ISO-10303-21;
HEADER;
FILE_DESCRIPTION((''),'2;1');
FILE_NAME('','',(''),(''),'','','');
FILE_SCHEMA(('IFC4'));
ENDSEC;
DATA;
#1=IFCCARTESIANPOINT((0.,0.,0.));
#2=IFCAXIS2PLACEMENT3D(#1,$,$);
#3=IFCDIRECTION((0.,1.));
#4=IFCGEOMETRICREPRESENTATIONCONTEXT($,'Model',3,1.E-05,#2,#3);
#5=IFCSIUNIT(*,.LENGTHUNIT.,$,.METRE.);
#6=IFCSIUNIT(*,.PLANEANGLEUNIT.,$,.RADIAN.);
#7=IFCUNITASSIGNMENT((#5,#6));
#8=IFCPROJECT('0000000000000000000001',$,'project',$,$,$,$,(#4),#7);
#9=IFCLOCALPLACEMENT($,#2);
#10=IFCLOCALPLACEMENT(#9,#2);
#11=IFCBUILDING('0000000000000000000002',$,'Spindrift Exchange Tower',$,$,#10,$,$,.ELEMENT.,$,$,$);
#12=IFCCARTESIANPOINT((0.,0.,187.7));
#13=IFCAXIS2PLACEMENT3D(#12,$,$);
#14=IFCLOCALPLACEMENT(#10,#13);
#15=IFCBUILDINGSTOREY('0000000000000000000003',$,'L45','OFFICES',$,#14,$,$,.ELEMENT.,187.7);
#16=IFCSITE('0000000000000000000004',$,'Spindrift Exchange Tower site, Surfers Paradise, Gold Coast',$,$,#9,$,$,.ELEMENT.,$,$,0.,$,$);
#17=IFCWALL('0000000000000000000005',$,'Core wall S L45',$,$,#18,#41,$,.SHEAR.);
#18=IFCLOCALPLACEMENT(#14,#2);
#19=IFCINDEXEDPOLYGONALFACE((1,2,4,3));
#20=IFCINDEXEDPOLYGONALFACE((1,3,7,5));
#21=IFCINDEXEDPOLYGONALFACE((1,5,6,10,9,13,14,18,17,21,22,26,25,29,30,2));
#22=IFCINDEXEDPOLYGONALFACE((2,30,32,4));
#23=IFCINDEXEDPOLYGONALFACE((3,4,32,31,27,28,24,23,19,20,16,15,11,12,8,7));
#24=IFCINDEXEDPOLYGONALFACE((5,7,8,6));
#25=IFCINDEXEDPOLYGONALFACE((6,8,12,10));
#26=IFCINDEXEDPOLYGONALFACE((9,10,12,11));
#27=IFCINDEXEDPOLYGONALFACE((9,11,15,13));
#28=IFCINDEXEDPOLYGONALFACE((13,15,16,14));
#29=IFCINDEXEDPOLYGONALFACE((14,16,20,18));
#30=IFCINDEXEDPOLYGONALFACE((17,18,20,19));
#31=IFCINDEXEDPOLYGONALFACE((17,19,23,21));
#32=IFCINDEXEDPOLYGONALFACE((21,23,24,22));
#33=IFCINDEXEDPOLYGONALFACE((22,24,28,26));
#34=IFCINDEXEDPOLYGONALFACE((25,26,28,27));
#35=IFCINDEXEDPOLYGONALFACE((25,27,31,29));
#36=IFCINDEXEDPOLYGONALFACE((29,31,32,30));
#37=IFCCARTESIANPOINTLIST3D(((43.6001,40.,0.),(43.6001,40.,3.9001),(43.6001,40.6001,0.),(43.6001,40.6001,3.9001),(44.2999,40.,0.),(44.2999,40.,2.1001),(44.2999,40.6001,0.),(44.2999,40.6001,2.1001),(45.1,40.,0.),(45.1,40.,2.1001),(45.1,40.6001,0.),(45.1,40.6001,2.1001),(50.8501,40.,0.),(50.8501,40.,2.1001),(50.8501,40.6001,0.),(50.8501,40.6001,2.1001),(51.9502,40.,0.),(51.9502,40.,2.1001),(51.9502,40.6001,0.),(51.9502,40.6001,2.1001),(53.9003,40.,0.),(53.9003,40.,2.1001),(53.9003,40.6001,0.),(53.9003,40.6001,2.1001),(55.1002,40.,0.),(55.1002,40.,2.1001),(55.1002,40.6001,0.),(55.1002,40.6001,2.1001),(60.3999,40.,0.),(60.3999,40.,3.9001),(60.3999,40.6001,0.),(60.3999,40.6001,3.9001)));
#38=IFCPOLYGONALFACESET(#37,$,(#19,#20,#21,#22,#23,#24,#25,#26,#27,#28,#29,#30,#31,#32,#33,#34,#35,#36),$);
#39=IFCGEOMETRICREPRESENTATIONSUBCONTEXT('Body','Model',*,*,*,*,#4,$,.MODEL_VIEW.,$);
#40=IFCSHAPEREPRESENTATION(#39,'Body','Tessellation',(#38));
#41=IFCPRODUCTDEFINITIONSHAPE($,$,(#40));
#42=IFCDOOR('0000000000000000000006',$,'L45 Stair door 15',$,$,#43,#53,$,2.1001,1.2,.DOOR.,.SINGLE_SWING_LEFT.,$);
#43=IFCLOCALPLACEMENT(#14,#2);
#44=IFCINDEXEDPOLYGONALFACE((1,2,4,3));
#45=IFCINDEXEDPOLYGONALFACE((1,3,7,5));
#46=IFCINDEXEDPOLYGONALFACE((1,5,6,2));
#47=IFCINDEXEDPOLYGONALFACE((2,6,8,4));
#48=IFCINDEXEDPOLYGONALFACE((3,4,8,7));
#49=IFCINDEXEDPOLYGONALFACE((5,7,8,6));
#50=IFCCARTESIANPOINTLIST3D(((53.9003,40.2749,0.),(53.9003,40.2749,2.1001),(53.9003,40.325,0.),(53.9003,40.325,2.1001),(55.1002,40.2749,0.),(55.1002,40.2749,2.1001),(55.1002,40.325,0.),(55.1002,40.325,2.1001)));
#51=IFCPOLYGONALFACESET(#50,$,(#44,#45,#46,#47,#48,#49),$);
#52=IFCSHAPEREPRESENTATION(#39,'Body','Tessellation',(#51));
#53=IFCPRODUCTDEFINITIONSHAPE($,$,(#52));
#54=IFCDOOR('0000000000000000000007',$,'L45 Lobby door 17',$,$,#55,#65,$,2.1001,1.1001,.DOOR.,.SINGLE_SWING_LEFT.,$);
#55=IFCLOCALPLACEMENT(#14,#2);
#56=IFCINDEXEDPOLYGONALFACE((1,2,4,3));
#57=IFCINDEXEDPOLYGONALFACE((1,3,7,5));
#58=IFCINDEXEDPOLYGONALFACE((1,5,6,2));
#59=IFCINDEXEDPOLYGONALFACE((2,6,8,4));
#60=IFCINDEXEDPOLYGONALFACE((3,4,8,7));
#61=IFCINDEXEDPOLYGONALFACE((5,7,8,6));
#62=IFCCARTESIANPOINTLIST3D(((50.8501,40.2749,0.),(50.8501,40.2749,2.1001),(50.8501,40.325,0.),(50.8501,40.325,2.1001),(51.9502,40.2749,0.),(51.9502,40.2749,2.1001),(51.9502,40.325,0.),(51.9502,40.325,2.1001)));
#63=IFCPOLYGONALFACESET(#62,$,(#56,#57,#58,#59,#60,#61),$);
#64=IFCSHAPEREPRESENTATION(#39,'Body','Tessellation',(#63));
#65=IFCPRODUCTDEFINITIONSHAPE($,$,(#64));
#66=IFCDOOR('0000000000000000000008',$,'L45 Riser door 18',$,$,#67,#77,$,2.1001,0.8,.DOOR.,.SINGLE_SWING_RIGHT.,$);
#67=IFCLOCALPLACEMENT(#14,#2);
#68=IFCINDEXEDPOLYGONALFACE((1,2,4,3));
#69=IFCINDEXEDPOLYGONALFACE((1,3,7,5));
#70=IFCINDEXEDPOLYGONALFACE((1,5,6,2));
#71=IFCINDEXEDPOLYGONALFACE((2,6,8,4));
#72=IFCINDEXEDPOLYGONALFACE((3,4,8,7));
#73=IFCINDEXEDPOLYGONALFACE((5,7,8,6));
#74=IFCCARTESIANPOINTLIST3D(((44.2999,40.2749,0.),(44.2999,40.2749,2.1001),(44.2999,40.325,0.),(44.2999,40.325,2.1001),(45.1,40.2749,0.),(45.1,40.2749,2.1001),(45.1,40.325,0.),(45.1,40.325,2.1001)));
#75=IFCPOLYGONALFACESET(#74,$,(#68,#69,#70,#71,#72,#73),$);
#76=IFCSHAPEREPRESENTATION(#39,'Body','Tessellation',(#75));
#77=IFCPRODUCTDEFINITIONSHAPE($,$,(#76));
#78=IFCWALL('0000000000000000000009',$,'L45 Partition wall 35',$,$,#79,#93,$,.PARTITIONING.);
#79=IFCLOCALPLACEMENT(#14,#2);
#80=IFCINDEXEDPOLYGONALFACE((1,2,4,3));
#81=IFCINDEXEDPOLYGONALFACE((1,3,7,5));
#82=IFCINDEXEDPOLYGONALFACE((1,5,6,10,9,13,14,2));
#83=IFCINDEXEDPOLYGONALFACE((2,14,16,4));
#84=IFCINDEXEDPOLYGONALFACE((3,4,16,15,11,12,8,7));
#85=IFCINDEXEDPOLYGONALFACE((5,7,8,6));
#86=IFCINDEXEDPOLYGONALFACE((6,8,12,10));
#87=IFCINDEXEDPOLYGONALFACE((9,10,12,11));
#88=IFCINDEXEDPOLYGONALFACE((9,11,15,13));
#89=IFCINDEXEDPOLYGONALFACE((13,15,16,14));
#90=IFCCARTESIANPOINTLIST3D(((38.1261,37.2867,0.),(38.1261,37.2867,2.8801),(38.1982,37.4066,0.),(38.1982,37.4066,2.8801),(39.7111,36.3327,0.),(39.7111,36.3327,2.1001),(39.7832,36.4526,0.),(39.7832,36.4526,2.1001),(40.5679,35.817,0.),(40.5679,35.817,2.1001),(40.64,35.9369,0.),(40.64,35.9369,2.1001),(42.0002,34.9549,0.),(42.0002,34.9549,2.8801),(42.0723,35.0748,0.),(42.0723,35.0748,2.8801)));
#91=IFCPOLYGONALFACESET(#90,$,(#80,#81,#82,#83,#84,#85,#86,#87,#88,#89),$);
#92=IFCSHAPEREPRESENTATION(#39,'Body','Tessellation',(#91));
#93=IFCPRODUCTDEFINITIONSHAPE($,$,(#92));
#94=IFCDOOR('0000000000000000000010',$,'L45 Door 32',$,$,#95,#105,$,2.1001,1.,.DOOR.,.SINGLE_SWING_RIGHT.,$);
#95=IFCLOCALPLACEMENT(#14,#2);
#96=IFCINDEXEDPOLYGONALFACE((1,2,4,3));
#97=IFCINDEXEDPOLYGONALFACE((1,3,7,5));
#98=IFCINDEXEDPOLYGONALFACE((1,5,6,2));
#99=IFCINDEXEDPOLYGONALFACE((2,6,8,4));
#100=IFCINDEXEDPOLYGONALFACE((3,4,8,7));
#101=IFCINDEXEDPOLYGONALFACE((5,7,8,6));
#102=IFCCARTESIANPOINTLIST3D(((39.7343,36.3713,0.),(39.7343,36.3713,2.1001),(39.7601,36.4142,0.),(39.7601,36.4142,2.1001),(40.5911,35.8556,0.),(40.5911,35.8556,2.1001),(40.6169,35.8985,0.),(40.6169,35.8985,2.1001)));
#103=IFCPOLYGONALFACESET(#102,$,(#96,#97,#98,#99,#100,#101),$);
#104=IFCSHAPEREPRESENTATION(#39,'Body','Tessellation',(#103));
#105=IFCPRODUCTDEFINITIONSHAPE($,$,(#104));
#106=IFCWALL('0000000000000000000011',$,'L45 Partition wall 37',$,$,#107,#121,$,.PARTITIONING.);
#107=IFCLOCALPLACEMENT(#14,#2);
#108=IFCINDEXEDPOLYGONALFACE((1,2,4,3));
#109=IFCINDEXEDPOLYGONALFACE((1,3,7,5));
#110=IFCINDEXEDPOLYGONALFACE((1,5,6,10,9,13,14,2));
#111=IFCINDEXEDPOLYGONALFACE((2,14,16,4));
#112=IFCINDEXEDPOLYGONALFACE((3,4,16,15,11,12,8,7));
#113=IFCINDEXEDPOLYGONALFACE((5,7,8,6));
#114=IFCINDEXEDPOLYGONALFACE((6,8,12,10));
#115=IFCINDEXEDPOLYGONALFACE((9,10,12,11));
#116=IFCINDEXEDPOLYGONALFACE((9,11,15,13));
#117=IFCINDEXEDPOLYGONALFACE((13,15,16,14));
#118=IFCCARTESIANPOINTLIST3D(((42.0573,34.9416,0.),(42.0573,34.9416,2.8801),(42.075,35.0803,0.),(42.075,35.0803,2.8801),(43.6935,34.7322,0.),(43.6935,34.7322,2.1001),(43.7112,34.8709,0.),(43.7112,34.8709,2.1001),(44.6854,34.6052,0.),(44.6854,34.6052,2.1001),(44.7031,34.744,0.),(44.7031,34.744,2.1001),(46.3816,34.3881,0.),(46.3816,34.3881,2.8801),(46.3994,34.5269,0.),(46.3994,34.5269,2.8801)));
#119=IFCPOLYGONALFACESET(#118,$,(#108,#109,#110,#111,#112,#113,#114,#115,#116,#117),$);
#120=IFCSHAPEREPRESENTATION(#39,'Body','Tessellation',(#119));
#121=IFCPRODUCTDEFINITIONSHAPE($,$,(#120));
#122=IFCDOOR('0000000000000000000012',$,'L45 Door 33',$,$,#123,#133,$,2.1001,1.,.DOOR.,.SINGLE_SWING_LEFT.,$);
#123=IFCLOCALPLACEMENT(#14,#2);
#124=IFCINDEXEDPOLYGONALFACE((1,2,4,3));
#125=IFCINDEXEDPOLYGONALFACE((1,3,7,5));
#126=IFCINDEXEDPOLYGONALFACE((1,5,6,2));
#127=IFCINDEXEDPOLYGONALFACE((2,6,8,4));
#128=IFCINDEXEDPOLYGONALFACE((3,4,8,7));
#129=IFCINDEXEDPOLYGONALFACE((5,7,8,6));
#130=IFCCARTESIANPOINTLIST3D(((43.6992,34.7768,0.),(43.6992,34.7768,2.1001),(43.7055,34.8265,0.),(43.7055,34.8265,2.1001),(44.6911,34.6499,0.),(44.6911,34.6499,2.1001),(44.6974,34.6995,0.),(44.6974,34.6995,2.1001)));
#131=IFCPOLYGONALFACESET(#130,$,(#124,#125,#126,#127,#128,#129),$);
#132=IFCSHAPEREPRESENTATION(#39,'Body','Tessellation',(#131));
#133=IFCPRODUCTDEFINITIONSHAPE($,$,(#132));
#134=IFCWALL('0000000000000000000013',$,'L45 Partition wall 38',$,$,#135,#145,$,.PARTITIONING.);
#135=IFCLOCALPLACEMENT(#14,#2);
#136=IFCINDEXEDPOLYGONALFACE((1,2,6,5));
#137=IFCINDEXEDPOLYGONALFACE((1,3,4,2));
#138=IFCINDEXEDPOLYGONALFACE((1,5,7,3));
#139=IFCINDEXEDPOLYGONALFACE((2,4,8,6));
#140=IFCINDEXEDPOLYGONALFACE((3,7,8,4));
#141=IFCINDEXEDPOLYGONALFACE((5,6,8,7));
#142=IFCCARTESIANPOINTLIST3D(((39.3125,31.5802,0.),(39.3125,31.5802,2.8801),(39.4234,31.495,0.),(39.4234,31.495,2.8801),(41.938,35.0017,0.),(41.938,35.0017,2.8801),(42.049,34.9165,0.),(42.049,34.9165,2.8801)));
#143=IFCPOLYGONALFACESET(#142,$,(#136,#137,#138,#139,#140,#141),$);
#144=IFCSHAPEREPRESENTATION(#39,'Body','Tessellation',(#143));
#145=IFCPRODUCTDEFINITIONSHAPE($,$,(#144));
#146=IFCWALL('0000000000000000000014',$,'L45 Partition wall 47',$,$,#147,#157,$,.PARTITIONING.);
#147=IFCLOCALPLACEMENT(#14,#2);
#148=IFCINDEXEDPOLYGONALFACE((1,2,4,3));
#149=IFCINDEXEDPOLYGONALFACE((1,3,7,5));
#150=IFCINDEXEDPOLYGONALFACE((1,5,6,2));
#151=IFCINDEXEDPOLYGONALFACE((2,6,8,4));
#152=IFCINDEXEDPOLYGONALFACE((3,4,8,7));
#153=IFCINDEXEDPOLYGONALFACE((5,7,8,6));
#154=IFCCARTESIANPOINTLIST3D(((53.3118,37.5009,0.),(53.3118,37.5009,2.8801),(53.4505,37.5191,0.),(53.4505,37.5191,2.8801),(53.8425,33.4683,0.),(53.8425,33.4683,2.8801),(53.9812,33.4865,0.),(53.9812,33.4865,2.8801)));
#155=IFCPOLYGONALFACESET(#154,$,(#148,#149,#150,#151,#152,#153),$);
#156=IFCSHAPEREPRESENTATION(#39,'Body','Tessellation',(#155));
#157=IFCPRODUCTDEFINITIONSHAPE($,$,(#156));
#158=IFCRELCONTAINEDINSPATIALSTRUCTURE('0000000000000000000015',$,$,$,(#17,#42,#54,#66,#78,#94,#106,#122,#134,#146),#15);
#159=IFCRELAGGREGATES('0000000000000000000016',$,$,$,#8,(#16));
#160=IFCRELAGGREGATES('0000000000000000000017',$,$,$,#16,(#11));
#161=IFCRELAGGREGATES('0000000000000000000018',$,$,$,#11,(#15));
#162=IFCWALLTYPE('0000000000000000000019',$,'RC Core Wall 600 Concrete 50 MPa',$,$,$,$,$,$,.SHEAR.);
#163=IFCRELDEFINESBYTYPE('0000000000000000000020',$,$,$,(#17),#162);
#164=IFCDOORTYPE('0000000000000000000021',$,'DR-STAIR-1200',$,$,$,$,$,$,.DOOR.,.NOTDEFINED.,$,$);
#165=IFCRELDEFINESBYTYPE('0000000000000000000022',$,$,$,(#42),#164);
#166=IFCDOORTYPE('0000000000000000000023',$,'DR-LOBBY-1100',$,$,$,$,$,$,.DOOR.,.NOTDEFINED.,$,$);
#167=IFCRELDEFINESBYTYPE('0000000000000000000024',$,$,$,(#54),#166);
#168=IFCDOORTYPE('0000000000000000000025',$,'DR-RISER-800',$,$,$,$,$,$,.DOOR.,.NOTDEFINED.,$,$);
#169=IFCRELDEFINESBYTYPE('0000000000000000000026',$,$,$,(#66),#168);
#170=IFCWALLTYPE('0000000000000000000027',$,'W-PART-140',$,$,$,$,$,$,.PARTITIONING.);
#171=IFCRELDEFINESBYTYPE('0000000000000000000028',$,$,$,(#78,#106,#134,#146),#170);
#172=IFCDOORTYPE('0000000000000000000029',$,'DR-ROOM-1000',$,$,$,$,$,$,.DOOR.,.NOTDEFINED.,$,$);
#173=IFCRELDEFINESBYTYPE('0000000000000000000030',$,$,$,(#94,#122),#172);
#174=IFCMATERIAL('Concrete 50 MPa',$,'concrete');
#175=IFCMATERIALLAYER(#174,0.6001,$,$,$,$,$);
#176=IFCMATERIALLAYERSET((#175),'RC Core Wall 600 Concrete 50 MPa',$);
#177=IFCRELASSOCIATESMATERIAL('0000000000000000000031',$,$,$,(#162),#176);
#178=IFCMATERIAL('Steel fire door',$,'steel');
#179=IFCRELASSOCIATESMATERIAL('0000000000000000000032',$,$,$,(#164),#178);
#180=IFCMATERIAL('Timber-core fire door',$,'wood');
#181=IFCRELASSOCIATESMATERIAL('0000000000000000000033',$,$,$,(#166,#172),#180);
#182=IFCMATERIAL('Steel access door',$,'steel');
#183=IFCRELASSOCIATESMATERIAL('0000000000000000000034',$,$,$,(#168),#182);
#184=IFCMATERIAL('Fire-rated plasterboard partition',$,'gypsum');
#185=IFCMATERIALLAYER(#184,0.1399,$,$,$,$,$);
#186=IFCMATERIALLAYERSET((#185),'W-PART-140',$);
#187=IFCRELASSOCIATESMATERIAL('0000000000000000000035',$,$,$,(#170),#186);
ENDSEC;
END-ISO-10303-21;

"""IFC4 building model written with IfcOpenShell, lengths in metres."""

from ifc_helpers import new_model, si_unit, direction, frame, frame_2d, origin, place, context, subcontext, project, spatial, rectangle, extrude, source, transform, mapped, material, layer, layer_set, type_object, element, fill, save


model = new_model("IFC4")

# Units and contexts
model_context = context("Model", 3, precision=1e-05, world=origin(), true_north=direction((0.0, 1.0)))
body_context = subcontext(model_context, "Body", "Model", "MODEL_VIEW")
ifc_project = project(units=[si_unit("LENGTHUNIT", "METRE"), si_unit("PLANEANGLEUNIT", "RADIAN")], contexts=[model_context])

# Site, building, storey
site_placement = place(None, origin())
site = spatial("IfcSite", under=ifc_project, at=site_placement, Name="Spindrift Exchange Tower site, Surfers Paradise, Gold Coast", CompositionType="ELEMENT", RefElevation=0.0)
building_placement = place(site_placement, origin())
building = spatial("IfcBuilding", under=site, at=building_placement, Name="Spindrift Exchange Tower", CompositionType="ELEMENT")
storey_placement = place(building_placement, frame((0.0, 0.0, 187.7)))
storey = spatial("IfcBuildingStorey", under=building, at=storey_placement, Name="L45", Description="OFFICES", CompositionType="ELEMENT", Elevation=187.7)

# Wall, openings, doors
ifc_material_1 = material(Name="Concrete 50 MPa", Category="concrete")
ifc_layer_1 = layer(ifc_material_1, 0.6001)
ifc_layer_set_1 = layer_set([ifc_layer_1], Name="RC Core Wall 600 Concrete 50 MPa")
wall_type_1 = type_object("IfcWallType", Name="RC Core Wall 600 Concrete 50 MPa", PredefinedType="SHEAR", material=ifc_layer_set_1)
wall_1_placement = place(storey_placement, frame((43.6001, 40.3, 0.0), z_axis=(0.0, 0.0, 1.0), x_axis=(1.0, 0.0, 0.0)))
wall_1 = element("IfcWall", 1, at=wall_1_placement, inside=storey, type_object=wall_type_1, Name="Core wall S L45", PredefinedType="SHEAR", context=body_context, shape_type="SweptSolid", body=[
    extrude(rectangle(XDim=16.7998, YDim=0.6001, at=frame_2d((8.3999, 0.0))), origin(), (0.0, 0.0, 1.0), 3.9001),
])
opening_1_placement = place(wall_1_placement, frame((10.3, 0.0, 0.0)))
opening_1 = element("IfcOpeningElement", 2, at=opening_1_placement, cuts=wall_1, PredefinedType="OPENING", context=body_context, shape_type="SweptSolid", body=[
    extrude(rectangle(XDim=1.2, YDim=2.1001, at=frame_2d((0.6001, 1.05))), frame((0.0, 0.3101, 0.0), z_axis=(0.0, -1.0, 0.0), x_axis=(1.0, 0.0, 0.0)), (0.0, 0.0, 1.0), 0.6201),
])
opening_2_placement = place(wall_1_placement, frame((7.25, 0.0, 0.0)))
opening_2 = element("IfcOpeningElement", 3, at=opening_2_placement, cuts=wall_1, PredefinedType="OPENING", context=body_context, shape_type="SweptSolid", body=[
    extrude(rectangle(XDim=1.1001, YDim=2.1001, at=frame_2d((0.55, 1.05))), frame((0.0, 0.3101, 0.0), z_axis=(0.0, -1.0, 0.0), x_axis=(1.0, 0.0, 0.0)), (0.0, 0.0, 1.0), 0.6201),
])
opening_3_placement = place(wall_1_placement, frame((0.7, 0.0, 0.0)))
opening_3 = element("IfcOpeningElement", 4, at=opening_3_placement, cuts=wall_1, PredefinedType="OPENING", context=body_context, shape_type="SweptSolid", body=[
    extrude(rectangle(XDim=0.8, YDim=2.1001, at=frame_2d((0.3999, 1.05))), frame((0.0, 0.3101, 0.0), z_axis=(0.0, -1.0, 0.0), x_axis=(1.0, 0.0, 0.0)), (0.0, 0.0, 1.0), 0.6201),
])
ifc_material_2 = material(Name="Steel fire door", Category="steel")
door_type_1 = type_object("IfcDoorType", Name="DR-STAIR-1200", OperationType="NOTDEFINED", PredefinedType="DOOR", material=ifc_material_2)
shared_shape_1 = source(origin(), body_context, "Body", "SweptSolid", [
    extrude(rectangle(XDim=1.2, YDim=2.1001, at=frame_2d((0.6001, 1.05))), frame((0.0, 0.0249, 0.0), z_axis=(0.0, -1.0, 0.0), x_axis=(1.0, 0.0, 0.0)), (0.0, 0.0, 1.0), 0.05),
])
door_1_placement = place(opening_1_placement, origin())
door_1 = element("IfcDoor", 5, at=door_1_placement, inside=storey, type_object=door_type_1, Name="L45 Stair door 15", OperationType="SINGLE_SWING_LEFT", OverallHeight=2.1001, OverallWidth=1.2, PredefinedType="DOOR", context=body_context, shape_type="MappedRepresentation", body=[
    mapped(shared_shape_1, transform((0.0, 0.0, 0.0), scale=1.0)),
])
fill(opening_1, door_1)
ifc_material_3 = material(Name="Timber-core fire door", Category="wood")
door_type_2 = type_object("IfcDoorType", Name="DR-LOBBY-1100", OperationType="NOTDEFINED", PredefinedType="DOOR", material=ifc_material_3)
shared_shape_2 = source(origin(), body_context, "Body", "SweptSolid", [
    extrude(rectangle(XDim=1.1001, YDim=2.1001, at=frame_2d((0.55, 1.05))), frame((0.0, 0.0249, 0.0), z_axis=(0.0, -1.0, 0.0), x_axis=(1.0, 0.0, 0.0)), (0.0, 0.0, 1.0), 0.05),
])
door_2_placement = place(opening_2_placement, origin())
door_2 = element("IfcDoor", 6, at=door_2_placement, inside=storey, type_object=door_type_2, Name="L45 Lobby door 17", OperationType="SINGLE_SWING_LEFT", OverallHeight=2.1001, OverallWidth=1.1001, PredefinedType="DOOR", context=body_context, shape_type="MappedRepresentation", body=[
    mapped(shared_shape_2, transform((0.0, 0.0, 0.0), scale=1.0)),
])
fill(opening_2, door_2)
ifc_material_4 = material(Name="Steel access door", Category="steel")
door_type_3 = type_object("IfcDoorType", Name="DR-RISER-800", OperationType="NOTDEFINED", PredefinedType="DOOR", material=ifc_material_4)
shared_shape_3 = source(origin(), body_context, "Body", "SweptSolid", [
    extrude(rectangle(XDim=0.8, YDim=2.1001, at=frame_2d((0.3999, 1.05))), frame((0.0, 0.0249, 0.0), z_axis=(0.0, -1.0, 0.0), x_axis=(1.0, 0.0, 0.0)), (0.0, 0.0, 1.0), 0.05),
])
door_3_placement = place(opening_3_placement, origin())
door_3 = element("IfcDoor", 7, at=door_3_placement, inside=storey, type_object=door_type_3, Name="L45 Riser door 18", OperationType="SINGLE_SWING_RIGHT", OverallHeight=2.1001, OverallWidth=0.8, PredefinedType="DOOR", context=body_context, shape_type="MappedRepresentation", body=[
    mapped(shared_shape_3, transform((0.0, 0.0, 0.0), scale=1.0)),
])
fill(opening_3, door_3)

# Walls, openings, doors
ifc_material_5 = material(Name="Fire-rated plasterboard partition", Category="gypsum")
ifc_layer_2 = layer(ifc_material_5, 0.1399)
ifc_layer_set_2 = layer_set([ifc_layer_2], Name="W-PART-140")
wall_type_2 = type_object("IfcWallType", Name="W-PART-140", PredefinedType="PARTITIONING", material=ifc_layer_set_2)
wall_2_placement = place(storey_placement, frame((42.0361, 35.0149, 0.0), z_axis=(0.0, 0.0, 1.0), x_axis=(-0.856773, 0.515694, 0.0)))
wall_2 = element("IfcWall", 8, at=wall_2_placement, inside=storey, type_object=wall_type_2, Name="L45 Partition wall 35", PredefinedType="PARTITIONING", context=body_context, shape_type="SweptSolid", body=[
    extrude(rectangle(XDim=4.5217, YDim=0.1399, at=frame_2d((2.2607, 0.0))), origin(), (0.0, 0.0, 1.0), 2.8801),
])
opening_4_placement = place(wall_2_placement, frame((1.6716, 0.0, 0.0)))
opening_4 = element("IfcOpeningElement", 9, at=opening_4_placement, cuts=wall_2, PredefinedType="OPENING", context=body_context, shape_type="SweptSolid", body=[
    extrude(rectangle(XDim=1.0, YDim=2.1001, at=frame_2d((0.5, 1.05))), frame((0.0, 0.0798, 0.0), z_axis=(0.0, -1.0, 0.0), x_axis=(1.0, 0.0, 0.0)), (0.0, 0.0, 1.0), 0.1599),
])
door_type_4 = type_object("IfcDoorType", Name="DR-ROOM-1000", OperationType="NOTDEFINED", PredefinedType="DOOR", material=ifc_material_3)
shared_shape_4 = source(origin(), body_context, "Body", "SweptSolid", [
    extrude(rectangle(XDim=1.0, YDim=2.1001, at=frame_2d((0.5, 1.05))), frame((0.0, 0.0249, 0.0), z_axis=(0.0, -1.0, 0.0), x_axis=(1.0, 0.0, 0.0)), (0.0, 0.0, 1.0), 0.05),
])
door_4_placement = place(opening_4_placement, origin())
door_4 = element("IfcDoor", 10, at=door_4_placement, inside=storey, type_object=door_type_4, Name="L45 Door 32", OperationType="SINGLE_SWING_RIGHT", OverallHeight=2.1001, OverallWidth=1.0, PredefinedType="DOOR", context=body_context, shape_type="MappedRepresentation", body=[
    mapped(shared_shape_4, transform((0.0, 0.0, 0.0), scale=1.0)),
])
fill(opening_4, door_4)
wall_3_placement = place(storey_placement, frame((46.3904, 34.4575, 0.0), z_axis=(0.0, 0.0, 1.0), x_axis=(-0.991909, 0.12695, 0.0)))
wall_3 = element("IfcWall", 11, at=wall_3_placement, inside=storey, type_object=wall_type_2, Name="L45 Partition wall 37", PredefinedType="PARTITIONING", context=body_context, shape_type="SweptSolid", body=[
    extrude(rectangle(XDim=4.3596, YDim=0.1399, at=frame_2d((2.1797, 0.0))), origin(), (0.0, 0.0, 1.0), 2.8801),
])
opening_5_placement = place(wall_3_placement, frame((1.71, 0.0, 0.0)))
opening_5 = element("IfcOpeningElement", 12, at=opening_5_placement, cuts=wall_3, PredefinedType="OPENING", context=body_context, shape_type="SweptSolid", body=[
    extrude(rectangle(XDim=1.0, YDim=2.1001, at=frame_2d((0.5, 1.05))), frame((0.0, 0.0798, 0.0), z_axis=(0.0, -1.0, 0.0), x_axis=(1.0, 0.0, 0.0)), (0.0, 0.0, 1.0), 0.1599),
])
door_5_placement = place(opening_5_placement, origin())
door_5 = element("IfcDoor", 13, at=door_5_placement, inside=storey, type_object=door_type_4, Name="L45 Door 33", OperationType="SINGLE_SWING_LEFT", OverallHeight=2.1001, OverallWidth=1.0, PredefinedType="DOOR", context=body_context, shape_type="MappedRepresentation", body=[
    mapped(shared_shape_4, transform((0.0, 0.0, 0.0), scale=1.0)),
])
fill(opening_5, door_5)

# Walls
wall_4_placement = place(storey_placement, frame((41.9934, 34.959, 0.0), z_axis=(0.0, 0.0, 1.0), x_axis=(-0.608786, -0.793335, 0.0)))
element("IfcWall", 14, at=wall_4_placement, inside=storey, type_object=wall_type_2, Name="L45 Partition wall 38", PredefinedType="PARTITIONING", context=body_context, shape_type="SweptSolid", body=[
    extrude(rectangle(XDim=4.3127, YDim=0.1399, at=frame_2d((2.1562, 0.0))), origin(), (0.0, 0.0, 1.0), 2.8801),
])
wall_5_placement = place(storey_placement, frame((53.3811, 37.51, 0.0), z_axis=(0.0, 0.0, 1.0), x_axis=(0.130489, -0.99145, 0.0)))
element("IfcWall", 15, at=wall_5_placement, inside=storey, type_object=wall_type_2, Name="L45 Partition wall 47", PredefinedType="PARTITIONING", context=body_context, shape_type="SweptSolid", body=[
    extrude(rectangle(XDim=4.0674, YDim=0.1399, at=frame_2d((2.0337, 0.0))), origin(), (0.0, 0.0, 1.0), 2.8801),
])

save(model, "model.ifc")
